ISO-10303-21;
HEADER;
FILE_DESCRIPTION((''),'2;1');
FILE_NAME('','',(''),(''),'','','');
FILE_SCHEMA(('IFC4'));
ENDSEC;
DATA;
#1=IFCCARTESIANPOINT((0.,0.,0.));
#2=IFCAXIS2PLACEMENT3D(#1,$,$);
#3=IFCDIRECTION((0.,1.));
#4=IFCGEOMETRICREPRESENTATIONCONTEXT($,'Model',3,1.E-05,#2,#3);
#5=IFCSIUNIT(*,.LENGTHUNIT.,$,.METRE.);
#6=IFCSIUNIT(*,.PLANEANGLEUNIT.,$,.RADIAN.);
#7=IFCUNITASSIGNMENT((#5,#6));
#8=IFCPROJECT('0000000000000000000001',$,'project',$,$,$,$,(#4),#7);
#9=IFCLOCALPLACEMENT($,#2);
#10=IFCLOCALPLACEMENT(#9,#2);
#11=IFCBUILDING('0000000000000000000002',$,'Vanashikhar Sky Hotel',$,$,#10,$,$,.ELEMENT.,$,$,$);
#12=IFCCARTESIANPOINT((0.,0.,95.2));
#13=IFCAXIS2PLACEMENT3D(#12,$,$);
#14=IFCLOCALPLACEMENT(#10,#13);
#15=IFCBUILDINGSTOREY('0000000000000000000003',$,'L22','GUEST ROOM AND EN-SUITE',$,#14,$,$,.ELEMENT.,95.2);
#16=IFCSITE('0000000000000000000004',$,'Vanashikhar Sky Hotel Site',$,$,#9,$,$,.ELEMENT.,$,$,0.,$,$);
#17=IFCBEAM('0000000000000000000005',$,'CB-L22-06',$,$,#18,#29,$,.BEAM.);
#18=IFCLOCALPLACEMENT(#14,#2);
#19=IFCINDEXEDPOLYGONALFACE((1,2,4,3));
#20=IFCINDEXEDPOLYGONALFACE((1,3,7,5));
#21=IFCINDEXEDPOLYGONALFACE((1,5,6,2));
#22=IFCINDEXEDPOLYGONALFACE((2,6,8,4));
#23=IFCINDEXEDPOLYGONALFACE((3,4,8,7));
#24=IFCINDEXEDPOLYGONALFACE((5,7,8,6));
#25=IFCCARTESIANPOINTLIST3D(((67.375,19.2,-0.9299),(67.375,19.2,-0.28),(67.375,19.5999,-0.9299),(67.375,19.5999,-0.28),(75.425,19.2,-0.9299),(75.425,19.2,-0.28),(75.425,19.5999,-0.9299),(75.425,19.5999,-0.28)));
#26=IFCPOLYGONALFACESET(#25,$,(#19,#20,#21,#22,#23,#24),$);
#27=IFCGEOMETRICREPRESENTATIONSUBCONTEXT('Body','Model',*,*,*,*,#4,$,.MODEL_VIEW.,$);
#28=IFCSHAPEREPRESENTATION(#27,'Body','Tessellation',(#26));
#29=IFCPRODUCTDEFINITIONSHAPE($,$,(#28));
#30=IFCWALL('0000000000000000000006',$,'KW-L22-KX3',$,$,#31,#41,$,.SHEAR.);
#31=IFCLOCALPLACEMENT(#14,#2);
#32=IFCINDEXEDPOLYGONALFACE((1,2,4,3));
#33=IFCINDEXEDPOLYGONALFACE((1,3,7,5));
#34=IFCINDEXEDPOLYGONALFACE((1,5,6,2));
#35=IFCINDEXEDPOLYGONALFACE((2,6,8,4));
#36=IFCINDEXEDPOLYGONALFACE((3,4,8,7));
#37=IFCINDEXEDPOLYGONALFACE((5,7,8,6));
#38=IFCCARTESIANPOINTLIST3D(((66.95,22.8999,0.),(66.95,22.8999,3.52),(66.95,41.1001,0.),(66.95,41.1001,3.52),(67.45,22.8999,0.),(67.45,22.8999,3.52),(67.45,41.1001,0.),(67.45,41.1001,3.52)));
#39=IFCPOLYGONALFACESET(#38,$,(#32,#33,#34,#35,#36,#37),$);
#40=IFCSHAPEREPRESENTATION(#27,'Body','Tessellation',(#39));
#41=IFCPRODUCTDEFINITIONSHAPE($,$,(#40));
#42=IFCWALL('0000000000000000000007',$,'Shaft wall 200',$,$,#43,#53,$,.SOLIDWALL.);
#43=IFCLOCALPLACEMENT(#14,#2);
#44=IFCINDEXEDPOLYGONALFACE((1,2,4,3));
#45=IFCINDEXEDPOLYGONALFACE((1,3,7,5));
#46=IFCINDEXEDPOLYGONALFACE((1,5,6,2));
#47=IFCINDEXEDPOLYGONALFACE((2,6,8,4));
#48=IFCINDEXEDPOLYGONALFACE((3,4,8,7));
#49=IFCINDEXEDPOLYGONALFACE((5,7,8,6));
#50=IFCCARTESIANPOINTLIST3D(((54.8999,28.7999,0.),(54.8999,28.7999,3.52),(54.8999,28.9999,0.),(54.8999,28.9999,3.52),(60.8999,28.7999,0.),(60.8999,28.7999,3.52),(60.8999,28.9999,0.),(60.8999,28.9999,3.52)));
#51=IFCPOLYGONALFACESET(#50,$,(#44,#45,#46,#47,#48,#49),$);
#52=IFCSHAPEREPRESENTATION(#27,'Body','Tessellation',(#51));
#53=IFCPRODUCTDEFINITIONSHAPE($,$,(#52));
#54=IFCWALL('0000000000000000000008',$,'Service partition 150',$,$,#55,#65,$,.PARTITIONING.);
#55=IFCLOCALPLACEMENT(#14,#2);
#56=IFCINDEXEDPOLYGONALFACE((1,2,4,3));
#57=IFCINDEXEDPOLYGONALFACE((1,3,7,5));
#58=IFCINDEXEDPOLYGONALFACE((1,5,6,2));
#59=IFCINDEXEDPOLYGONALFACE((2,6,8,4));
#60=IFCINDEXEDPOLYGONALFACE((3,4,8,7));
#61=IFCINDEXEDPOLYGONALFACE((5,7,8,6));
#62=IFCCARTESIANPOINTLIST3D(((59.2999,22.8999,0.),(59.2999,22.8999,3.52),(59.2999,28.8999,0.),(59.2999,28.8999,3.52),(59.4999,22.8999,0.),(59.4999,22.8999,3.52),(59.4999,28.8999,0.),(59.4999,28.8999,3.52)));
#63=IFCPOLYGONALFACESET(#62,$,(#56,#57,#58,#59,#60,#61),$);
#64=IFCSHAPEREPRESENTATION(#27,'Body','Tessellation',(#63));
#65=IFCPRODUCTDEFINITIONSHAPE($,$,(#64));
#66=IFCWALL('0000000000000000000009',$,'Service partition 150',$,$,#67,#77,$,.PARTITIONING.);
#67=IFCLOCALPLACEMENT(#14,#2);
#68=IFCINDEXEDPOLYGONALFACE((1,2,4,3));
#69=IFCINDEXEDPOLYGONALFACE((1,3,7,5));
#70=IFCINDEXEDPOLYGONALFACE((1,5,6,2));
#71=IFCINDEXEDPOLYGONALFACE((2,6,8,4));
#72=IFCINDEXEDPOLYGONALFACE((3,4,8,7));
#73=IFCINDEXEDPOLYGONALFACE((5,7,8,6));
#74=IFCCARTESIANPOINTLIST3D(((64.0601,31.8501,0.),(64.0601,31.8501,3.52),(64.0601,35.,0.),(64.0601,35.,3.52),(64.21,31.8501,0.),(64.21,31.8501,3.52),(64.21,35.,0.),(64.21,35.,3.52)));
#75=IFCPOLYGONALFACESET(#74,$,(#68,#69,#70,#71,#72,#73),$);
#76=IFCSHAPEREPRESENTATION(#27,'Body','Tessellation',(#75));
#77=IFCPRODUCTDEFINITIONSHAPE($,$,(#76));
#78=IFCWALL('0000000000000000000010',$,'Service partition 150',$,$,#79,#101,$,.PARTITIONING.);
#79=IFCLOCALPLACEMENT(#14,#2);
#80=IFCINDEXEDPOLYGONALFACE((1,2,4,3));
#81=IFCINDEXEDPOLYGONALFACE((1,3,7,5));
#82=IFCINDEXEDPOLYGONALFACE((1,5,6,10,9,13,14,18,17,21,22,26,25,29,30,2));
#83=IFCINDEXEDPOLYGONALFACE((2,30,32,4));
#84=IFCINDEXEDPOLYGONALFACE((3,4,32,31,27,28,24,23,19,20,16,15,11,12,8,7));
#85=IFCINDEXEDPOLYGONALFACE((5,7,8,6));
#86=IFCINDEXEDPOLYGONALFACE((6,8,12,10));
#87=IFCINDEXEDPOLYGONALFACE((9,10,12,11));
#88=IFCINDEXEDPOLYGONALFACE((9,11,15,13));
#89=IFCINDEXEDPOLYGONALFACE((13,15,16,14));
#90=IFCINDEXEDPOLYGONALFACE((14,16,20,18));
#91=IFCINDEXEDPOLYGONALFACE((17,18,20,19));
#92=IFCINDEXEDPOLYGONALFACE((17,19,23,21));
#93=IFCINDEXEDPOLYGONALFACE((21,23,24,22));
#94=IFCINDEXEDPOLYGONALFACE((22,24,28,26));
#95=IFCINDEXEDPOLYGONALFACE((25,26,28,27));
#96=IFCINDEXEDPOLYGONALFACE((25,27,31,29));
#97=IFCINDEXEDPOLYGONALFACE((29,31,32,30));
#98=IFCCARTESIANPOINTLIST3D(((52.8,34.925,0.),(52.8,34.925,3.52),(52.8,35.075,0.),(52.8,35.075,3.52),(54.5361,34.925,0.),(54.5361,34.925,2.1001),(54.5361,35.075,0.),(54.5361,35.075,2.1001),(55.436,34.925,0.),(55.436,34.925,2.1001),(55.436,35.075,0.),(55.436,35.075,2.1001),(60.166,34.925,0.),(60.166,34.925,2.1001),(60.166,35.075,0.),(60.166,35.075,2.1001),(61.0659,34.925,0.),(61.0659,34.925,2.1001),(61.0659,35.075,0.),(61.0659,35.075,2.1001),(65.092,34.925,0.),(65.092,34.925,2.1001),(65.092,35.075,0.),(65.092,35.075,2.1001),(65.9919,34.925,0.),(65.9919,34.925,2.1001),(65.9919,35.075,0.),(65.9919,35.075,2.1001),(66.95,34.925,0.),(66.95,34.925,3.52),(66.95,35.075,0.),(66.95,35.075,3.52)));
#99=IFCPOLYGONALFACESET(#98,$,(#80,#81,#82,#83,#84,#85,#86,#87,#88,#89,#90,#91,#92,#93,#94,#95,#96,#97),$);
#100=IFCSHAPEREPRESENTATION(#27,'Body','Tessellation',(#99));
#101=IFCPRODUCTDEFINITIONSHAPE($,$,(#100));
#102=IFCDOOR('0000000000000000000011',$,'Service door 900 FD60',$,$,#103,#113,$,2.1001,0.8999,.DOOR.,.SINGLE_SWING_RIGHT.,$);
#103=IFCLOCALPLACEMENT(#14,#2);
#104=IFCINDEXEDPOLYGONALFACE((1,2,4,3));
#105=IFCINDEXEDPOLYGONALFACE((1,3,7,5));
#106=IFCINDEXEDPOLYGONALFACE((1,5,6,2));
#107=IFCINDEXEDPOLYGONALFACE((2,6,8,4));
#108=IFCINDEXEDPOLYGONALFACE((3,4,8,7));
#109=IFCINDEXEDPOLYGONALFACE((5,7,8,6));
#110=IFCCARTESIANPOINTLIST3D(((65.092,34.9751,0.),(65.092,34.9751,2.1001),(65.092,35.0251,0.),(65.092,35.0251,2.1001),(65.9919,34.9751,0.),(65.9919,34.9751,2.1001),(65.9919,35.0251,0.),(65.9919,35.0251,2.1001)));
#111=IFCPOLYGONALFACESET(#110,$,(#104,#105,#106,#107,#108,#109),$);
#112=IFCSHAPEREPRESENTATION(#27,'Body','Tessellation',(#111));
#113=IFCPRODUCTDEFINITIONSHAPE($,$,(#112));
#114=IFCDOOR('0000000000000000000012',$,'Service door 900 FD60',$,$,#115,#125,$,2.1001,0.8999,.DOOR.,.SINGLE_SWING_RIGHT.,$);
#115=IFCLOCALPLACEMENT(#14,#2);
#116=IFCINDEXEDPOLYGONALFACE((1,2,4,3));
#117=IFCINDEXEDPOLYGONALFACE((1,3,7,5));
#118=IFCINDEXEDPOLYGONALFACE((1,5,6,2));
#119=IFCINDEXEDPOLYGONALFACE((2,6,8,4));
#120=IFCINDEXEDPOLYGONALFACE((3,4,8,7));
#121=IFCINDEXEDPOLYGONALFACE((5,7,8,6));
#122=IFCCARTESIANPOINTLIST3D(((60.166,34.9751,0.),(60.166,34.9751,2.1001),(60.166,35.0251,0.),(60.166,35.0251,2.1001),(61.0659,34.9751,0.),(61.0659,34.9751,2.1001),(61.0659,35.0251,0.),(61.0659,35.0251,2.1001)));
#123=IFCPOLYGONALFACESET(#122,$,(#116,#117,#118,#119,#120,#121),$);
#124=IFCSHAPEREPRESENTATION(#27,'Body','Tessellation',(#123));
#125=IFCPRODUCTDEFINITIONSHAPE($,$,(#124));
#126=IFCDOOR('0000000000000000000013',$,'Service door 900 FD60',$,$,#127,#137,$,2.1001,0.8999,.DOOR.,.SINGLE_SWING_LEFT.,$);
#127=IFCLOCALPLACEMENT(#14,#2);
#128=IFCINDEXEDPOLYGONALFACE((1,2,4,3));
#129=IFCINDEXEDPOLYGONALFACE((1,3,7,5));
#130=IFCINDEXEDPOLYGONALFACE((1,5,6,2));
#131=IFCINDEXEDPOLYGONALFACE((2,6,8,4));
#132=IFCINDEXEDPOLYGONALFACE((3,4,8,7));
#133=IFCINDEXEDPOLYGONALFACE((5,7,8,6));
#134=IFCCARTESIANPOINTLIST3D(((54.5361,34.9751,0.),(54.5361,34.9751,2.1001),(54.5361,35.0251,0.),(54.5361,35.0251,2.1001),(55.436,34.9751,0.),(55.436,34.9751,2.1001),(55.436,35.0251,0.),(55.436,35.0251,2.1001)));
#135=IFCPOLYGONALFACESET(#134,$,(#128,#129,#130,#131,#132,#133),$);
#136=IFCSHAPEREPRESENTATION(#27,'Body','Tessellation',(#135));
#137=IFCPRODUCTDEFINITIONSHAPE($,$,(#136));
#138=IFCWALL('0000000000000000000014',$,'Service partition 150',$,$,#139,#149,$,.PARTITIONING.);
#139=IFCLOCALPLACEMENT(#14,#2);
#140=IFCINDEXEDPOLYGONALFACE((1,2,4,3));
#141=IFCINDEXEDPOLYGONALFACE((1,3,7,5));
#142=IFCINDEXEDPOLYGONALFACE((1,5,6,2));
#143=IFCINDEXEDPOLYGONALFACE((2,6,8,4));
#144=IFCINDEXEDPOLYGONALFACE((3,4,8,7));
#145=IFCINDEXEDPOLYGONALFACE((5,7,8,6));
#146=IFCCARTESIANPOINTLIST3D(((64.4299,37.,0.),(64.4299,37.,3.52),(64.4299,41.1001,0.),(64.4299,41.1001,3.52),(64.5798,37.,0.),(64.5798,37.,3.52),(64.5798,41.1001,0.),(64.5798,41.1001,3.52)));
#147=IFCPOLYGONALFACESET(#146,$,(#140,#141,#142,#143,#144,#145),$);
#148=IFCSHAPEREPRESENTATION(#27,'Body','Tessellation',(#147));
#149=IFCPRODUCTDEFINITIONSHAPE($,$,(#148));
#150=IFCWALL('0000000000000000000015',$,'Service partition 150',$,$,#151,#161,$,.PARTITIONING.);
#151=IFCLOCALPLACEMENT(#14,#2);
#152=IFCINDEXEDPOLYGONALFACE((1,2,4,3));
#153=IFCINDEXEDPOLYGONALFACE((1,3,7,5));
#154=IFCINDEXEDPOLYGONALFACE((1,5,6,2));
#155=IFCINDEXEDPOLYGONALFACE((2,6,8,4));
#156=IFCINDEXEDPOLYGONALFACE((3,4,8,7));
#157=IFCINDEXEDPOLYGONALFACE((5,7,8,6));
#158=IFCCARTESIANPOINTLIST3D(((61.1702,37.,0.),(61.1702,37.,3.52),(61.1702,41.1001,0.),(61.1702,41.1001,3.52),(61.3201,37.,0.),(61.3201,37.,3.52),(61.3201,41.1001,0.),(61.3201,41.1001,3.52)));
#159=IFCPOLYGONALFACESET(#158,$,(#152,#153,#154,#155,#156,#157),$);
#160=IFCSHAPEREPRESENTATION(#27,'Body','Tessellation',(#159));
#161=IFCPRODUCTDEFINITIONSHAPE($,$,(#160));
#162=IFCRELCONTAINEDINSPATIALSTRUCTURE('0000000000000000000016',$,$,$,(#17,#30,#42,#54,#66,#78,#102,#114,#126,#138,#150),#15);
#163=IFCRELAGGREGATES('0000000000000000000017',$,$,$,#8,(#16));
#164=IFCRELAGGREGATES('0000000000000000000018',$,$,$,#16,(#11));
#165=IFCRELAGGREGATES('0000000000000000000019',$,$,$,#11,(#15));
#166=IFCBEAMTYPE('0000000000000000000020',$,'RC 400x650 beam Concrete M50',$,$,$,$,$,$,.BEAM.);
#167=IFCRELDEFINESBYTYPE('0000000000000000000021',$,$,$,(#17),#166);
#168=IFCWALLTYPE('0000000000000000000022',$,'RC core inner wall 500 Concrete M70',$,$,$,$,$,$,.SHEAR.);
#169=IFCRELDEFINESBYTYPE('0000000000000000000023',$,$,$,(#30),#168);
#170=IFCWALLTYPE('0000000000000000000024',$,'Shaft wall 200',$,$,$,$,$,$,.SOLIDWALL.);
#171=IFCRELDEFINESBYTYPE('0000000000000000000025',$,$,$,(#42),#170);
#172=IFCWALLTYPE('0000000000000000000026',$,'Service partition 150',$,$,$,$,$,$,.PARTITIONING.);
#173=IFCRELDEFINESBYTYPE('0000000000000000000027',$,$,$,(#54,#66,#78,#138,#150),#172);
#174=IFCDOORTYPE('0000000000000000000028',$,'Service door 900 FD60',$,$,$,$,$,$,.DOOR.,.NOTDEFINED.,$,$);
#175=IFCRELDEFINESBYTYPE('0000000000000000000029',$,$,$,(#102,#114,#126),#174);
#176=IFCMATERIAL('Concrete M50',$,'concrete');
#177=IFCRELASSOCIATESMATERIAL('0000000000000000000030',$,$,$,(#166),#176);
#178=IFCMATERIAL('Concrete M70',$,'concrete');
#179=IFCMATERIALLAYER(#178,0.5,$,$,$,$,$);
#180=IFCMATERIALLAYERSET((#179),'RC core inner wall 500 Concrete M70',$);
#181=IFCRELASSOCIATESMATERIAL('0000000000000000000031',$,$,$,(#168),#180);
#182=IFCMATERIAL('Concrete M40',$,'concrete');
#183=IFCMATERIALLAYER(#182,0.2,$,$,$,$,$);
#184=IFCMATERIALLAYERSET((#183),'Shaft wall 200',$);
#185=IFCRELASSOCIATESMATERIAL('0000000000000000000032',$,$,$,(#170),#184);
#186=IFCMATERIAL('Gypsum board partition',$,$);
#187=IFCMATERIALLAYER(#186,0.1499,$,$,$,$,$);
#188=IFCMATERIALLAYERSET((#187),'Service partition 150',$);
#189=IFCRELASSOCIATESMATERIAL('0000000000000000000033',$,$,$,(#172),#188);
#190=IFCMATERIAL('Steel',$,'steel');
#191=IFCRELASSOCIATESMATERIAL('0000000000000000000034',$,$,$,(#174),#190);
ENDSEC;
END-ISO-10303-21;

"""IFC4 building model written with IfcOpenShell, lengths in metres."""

from ifc_helpers import new_model, si_unit, direction, frame, frame_2d, origin, origin_2d, place, context, subcontext, project, spatial, rectangle, extrude, source, transform, mapped, material, layer, layer_set, material_profile, profile_set, type_object, element, fill, save


model = new_model("IFC4")

# Units and contexts
model_context = context("Model", 3, precision=1e-05, world=origin(), true_north=direction((0.0, 1.0)))
body_context = subcontext(model_context, "Body", "Model", "MODEL_VIEW")
ifc_project = project(units=[si_unit("LENGTHUNIT", "METRE"), si_unit("PLANEANGLEUNIT", "RADIAN")], contexts=[model_context])

# Site, building, storey
site_placement = place(None, origin())
site = spatial("IfcSite", under=ifc_project, at=site_placement, Name="Vanashikhar Sky Hotel Site", CompositionType="ELEMENT", RefElevation=0.0)
building_placement = place(site_placement, origin())
building = spatial("IfcBuilding", under=site, at=building_placement, Name="Vanashikhar Sky Hotel", CompositionType="ELEMENT")
storey_placement = place(building_placement, frame((0.0, 0.0, 95.2)))
storey = spatial("IfcBuildingStorey", under=building, at=storey_placement, Name="L22", Description="GUEST ROOM AND EN-SUITE", CompositionType="ELEMENT", Elevation=95.2)

# Beam
ifc_material_1 = material(Name="Concrete M50", Category="concrete")
ifc_material_profile = material_profile(ifc_material_1, rectangle(XDim=0.3999, YDim=0.6499, at=origin_2d()))
ifc_profile_set = profile_set([ifc_material_profile], Name="RC 400x650 beam Concrete M50")
beam_type = type_object("IfcBeamType", Name="RC 400x650 beam Concrete M50", PredefinedType="BEAM", material=ifc_profile_set)
shared_shape_1 = source(origin(), body_context, "Body", "SweptSolid", [
    extrude(rectangle(XDim=0.3999, YDim=0.6499, at=origin_2d()), origin(), (0.0, 0.0, 1.0), 8.05),
])
beam_placement = place(storey_placement, frame((67.375, 19.3999, -0.605), z_axis=(1.0, 0.0, 0.0), x_axis=(0.0, 1.0, 0.0)))
element("IfcBeam", 1, at=beam_placement, inside=storey, type_object=beam_type, Name="CB-L22-06", PredefinedType="BEAM", context=body_context, shape_type="MappedRepresentation", body=[
    mapped(shared_shape_1, transform((0.0, 0.0, 0.0), scale=1.0)),
])

# Walls
ifc_material_2 = material(Name="Concrete M70", Category="concrete")
ifc_layer_1 = layer(ifc_material_2, 0.5)
ifc_layer_set_1 = layer_set([ifc_layer_1], Name="RC core inner wall 500 Concrete M70")
wall_type_1 = type_object("IfcWallType", Name="RC core inner wall 500 Concrete M70", PredefinedType="SHEAR", material=ifc_layer_set_1)
shared_shape_2 = source(origin(), body_context, "Body", "SweptSolid", [
    extrude(rectangle(XDim=18.2002, YDim=0.5, at=frame_2d((9.1001, 0.0))), origin(), (0.0, 0.0, 1.0), 3.52),
])
wall_1_placement = place(storey_placement, frame((67.2, 22.8999, 0.0), z_axis=(0.0, 0.0, 1.0), x_axis=(0.0, 1.0, 0.0)))
element("IfcWall", 2, at=wall_1_placement, inside=storey, type_object=wall_type_1, Name="KW-L22-KX3", PredefinedType="SHEAR", context=body_context, shape_type="MappedRepresentation", body=[
    mapped(shared_shape_2, transform((0.0, 0.0, 0.0), scale=1.0)),
])
ifc_material_3 = material(Name="Concrete M40", Category="concrete")
ifc_layer_2 = layer(ifc_material_3, 0.2)
ifc_layer_set_2 = layer_set([ifc_layer_2], Name="Shaft wall 200")
wall_type_2 = type_object("IfcWallType", Name="Shaft wall 200", PredefinedType="SOLIDWALL", material=ifc_layer_set_2)
shared_shape_3 = source(origin(), body_context, "Body", "SweptSolid", [
    extrude(rectangle(XDim=6.0, YDim=0.2, at=frame_2d((3.0, 0.0))), origin(), (0.0, 0.0, 1.0), 3.52),
])
wall_2_placement = place(storey_placement, frame((60.8999, 28.8999, 0.0), z_axis=(0.0, 0.0, 1.0), x_axis=(-1.0, 0.0, 0.0)))
element("IfcWall", 3, at=wall_2_placement, inside=storey, type_object=wall_type_2, Name="Shaft wall 200", PredefinedType="SOLIDWALL", context=body_context, shape_type="MappedRepresentation", body=[
    mapped(shared_shape_3, transform((0.0, 0.0, 0.0), scale=1.0)),
])
ifc_material_4 = material(Name="Gypsum board partition")
ifc_layer_3 = layer(ifc_material_4, 0.1499)
ifc_layer_set_3 = layer_set([ifc_layer_3], Name="Service partition 150")
wall_type_3 = type_object("IfcWallType", Name="Service partition 150", PredefinedType="PARTITIONING", material=ifc_layer_set_3)
wall_3_placement = place(storey_placement, frame((59.3999, 22.8999, 0.0), z_axis=(0.0, 0.0, 1.0), x_axis=(0.0, 1.0, 0.0)))
element("IfcWall", 4, at=wall_3_placement, inside=storey, type_object=wall_type_3, Name="Service partition 150", PredefinedType="PARTITIONING", context=body_context, shape_type="MappedRepresentation", body=[
    mapped(shared_shape_3, transform((0.0, 0.0, 0.0), scale=1.0)),
])
shared_shape_4 = source(origin(), body_context, "Body", "SweptSolid", [
    extrude(rectangle(XDim=3.1499, YDim=0.1499, at=frame_2d((1.575, 0.0))), origin(), (0.0, 0.0, 1.0), 3.52),
])
wall_4_placement = place(storey_placement, frame((64.135, 31.8501, 0.0), z_axis=(0.0, 0.0, 1.0), x_axis=(0.0, 1.0, 0.0)))
element("IfcWall", 5, at=wall_4_placement, inside=storey, type_object=wall_type_3, Name="Service partition 150", PredefinedType="PARTITIONING", context=body_context, shape_type="MappedRepresentation", body=[
    mapped(shared_shape_4, transform((0.0, 0.0, 0.0), scale=1.0)),
])

# Wall, openings, doors
shared_shape_5 = source(origin(), body_context, "Body", "SweptSolid", [
    extrude(rectangle(XDim=14.1499, YDim=0.1499, at=frame_2d((7.075, 0.0))), origin(), (0.0, 0.0, 1.0), 3.52),
])
wall_5_placement = place(storey_placement, frame((66.95, 35.0, 0.0), z_axis=(0.0, 0.0, 1.0), x_axis=(-1.0, 0.0, 0.0)))
wall_5 = element("IfcWall", 6, at=wall_5_placement, inside=storey, type_object=wall_type_3, Name="Service partition 150", PredefinedType="PARTITIONING", context=body_context, shape_type="MappedRepresentation", body=[
    mapped(shared_shape_5, transform((0.0, 0.0, 0.0), scale=1.0)),
])
shared_shape_6 = source(origin(), body_context, "Body", "SweptSolid", [
    extrude(rectangle(XDim=0.8999, YDim=2.1001, at=frame_2d((0.45, 1.05))), frame((0.0, 0.085, 0.0), z_axis=(0.0, -1.0, 0.0), x_axis=(1.0, 0.0, 0.0)), (0.0, 0.0, 1.0), 0.1699),
])
opening_1_placement = place(wall_5_placement, frame((0.958, 0.0, 0.0)))
opening_1 = element("IfcOpeningElement", 7, at=opening_1_placement, cuts=wall_5, PredefinedType="OPENING", context=body_context, shape_type="MappedRepresentation", body=[
    mapped(shared_shape_6, transform((0.0, 0.0, 0.0), scale=1.0)),
])
opening_2_placement = place(wall_5_placement, frame((5.884, 0.0, 0.0)))
opening_2 = element("IfcOpeningElement", 8, at=opening_2_placement, cuts=wall_5, PredefinedType="OPENING", context=body_context, shape_type="MappedRepresentation", body=[
    mapped(shared_shape_6, transform((0.0, 0.0, 0.0), scale=1.0)),
])
opening_3_placement = place(wall_5_placement, frame((11.5139, 0.0, 0.0)))
opening_3 = element("IfcOpeningElement", 9, at=opening_3_placement, cuts=wall_5, PredefinedType="OPENING", context=body_context, shape_type="MappedRepresentation", body=[
    mapped(shared_shape_6, transform((0.0, 0.0, 0.0), scale=1.0)),
])
ifc_material_5 = material(Name="Steel", Category="steel")
door_type_1 = type_object("IfcDoorType", Name="Service door 900 FD60", OperationType="NOTDEFINED", PredefinedType="DOOR", material=ifc_material_5)
shared_shape_7 = source(origin(), body_context, "Body", "SweptSolid", [
    extrude(rectangle(XDim=0.8999, YDim=2.1001, at=frame_2d((0.45, 1.05))), frame((0.0, 0.0249, 0.0), z_axis=(0.0, -1.0, 0.0), x_axis=(1.0, 0.0, 0.0)), (0.0, 0.0, 1.0), 0.05),
])
door_1_placement = place(opening_1_placement, origin())
door_1 = element("IfcDoor", 10, at=door_1_placement, inside=storey, type_object=door_type_1, Name="Service door 900 FD60", OperationType="SINGLE_SWING_RIGHT", OverallHeight=2.1001, OverallWidth=0.8999, PredefinedType="DOOR", context=body_context, shape_type="MappedRepresentation", body=[
    mapped(shared_shape_7, transform((0.0, 0.0, 0.0), scale=1.0)),
])
fill(opening_1, door_1)
door_2_placement = place(opening_2_placement, origin())
door_2 = element("IfcDoor", 11, at=door_2_placement, inside=storey, type_object=door_type_1, Name="Service door 900 FD60", OperationType="SINGLE_SWING_RIGHT", OverallHeight=2.1001, OverallWidth=0.8999, PredefinedType="DOOR", context=body_context, shape_type="MappedRepresentation", body=[
    mapped(shared_shape_7, transform((0.0, 0.0, 0.0), scale=1.0)),
])
fill(opening_2, door_2)
door_3_placement = place(opening_3_placement, origin())
door_3 = element("IfcDoor", 12, at=door_3_placement, inside=storey, type_object=door_type_1, Name="Service door 900 FD60", OperationType="SINGLE_SWING_LEFT", OverallHeight=2.1001, OverallWidth=0.8999, PredefinedType="DOOR", context=body_context, shape_type="MappedRepresentation", body=[
    mapped(shared_shape_7, transform((0.0, 0.0, 0.0), scale=1.0)),
])
fill(opening_3, door_3)

# Walls
shared_shape_8 = source(origin(), body_context, "Body", "SweptSolid", [
    extrude(rectangle(XDim=4.1001, YDim=0.1499, at=frame_2d((2.05, 0.0))), origin(), (0.0, 0.0, 1.0), 3.52),
])
for number, where, z_axis, x_axis, name in (
    (13, (64.5049, 37.0, 0.0), (0.0, 0.0, 1.0), (0.0, 1.0, 0.0), "Service partition 150"),
    (14, (61.2451, 37.0, 0.0), (0.0, 0.0, 1.0), (0.0, 1.0, 0.0), "Service partition 150"),
):
    element("IfcWall", number, at=place(storey_placement, frame(where, z_axis=z_axis, x_axis=x_axis)), inside=storey, type_object=wall_type_3, Name=name, PredefinedType="PARTITIONING", context=body_context, shape_type="MappedRepresentation", body=[
        mapped(shared_shape_8, transform((0.0, 0.0, 0.0), scale=1.0)),
    ])

save(model, "model.ifc")
